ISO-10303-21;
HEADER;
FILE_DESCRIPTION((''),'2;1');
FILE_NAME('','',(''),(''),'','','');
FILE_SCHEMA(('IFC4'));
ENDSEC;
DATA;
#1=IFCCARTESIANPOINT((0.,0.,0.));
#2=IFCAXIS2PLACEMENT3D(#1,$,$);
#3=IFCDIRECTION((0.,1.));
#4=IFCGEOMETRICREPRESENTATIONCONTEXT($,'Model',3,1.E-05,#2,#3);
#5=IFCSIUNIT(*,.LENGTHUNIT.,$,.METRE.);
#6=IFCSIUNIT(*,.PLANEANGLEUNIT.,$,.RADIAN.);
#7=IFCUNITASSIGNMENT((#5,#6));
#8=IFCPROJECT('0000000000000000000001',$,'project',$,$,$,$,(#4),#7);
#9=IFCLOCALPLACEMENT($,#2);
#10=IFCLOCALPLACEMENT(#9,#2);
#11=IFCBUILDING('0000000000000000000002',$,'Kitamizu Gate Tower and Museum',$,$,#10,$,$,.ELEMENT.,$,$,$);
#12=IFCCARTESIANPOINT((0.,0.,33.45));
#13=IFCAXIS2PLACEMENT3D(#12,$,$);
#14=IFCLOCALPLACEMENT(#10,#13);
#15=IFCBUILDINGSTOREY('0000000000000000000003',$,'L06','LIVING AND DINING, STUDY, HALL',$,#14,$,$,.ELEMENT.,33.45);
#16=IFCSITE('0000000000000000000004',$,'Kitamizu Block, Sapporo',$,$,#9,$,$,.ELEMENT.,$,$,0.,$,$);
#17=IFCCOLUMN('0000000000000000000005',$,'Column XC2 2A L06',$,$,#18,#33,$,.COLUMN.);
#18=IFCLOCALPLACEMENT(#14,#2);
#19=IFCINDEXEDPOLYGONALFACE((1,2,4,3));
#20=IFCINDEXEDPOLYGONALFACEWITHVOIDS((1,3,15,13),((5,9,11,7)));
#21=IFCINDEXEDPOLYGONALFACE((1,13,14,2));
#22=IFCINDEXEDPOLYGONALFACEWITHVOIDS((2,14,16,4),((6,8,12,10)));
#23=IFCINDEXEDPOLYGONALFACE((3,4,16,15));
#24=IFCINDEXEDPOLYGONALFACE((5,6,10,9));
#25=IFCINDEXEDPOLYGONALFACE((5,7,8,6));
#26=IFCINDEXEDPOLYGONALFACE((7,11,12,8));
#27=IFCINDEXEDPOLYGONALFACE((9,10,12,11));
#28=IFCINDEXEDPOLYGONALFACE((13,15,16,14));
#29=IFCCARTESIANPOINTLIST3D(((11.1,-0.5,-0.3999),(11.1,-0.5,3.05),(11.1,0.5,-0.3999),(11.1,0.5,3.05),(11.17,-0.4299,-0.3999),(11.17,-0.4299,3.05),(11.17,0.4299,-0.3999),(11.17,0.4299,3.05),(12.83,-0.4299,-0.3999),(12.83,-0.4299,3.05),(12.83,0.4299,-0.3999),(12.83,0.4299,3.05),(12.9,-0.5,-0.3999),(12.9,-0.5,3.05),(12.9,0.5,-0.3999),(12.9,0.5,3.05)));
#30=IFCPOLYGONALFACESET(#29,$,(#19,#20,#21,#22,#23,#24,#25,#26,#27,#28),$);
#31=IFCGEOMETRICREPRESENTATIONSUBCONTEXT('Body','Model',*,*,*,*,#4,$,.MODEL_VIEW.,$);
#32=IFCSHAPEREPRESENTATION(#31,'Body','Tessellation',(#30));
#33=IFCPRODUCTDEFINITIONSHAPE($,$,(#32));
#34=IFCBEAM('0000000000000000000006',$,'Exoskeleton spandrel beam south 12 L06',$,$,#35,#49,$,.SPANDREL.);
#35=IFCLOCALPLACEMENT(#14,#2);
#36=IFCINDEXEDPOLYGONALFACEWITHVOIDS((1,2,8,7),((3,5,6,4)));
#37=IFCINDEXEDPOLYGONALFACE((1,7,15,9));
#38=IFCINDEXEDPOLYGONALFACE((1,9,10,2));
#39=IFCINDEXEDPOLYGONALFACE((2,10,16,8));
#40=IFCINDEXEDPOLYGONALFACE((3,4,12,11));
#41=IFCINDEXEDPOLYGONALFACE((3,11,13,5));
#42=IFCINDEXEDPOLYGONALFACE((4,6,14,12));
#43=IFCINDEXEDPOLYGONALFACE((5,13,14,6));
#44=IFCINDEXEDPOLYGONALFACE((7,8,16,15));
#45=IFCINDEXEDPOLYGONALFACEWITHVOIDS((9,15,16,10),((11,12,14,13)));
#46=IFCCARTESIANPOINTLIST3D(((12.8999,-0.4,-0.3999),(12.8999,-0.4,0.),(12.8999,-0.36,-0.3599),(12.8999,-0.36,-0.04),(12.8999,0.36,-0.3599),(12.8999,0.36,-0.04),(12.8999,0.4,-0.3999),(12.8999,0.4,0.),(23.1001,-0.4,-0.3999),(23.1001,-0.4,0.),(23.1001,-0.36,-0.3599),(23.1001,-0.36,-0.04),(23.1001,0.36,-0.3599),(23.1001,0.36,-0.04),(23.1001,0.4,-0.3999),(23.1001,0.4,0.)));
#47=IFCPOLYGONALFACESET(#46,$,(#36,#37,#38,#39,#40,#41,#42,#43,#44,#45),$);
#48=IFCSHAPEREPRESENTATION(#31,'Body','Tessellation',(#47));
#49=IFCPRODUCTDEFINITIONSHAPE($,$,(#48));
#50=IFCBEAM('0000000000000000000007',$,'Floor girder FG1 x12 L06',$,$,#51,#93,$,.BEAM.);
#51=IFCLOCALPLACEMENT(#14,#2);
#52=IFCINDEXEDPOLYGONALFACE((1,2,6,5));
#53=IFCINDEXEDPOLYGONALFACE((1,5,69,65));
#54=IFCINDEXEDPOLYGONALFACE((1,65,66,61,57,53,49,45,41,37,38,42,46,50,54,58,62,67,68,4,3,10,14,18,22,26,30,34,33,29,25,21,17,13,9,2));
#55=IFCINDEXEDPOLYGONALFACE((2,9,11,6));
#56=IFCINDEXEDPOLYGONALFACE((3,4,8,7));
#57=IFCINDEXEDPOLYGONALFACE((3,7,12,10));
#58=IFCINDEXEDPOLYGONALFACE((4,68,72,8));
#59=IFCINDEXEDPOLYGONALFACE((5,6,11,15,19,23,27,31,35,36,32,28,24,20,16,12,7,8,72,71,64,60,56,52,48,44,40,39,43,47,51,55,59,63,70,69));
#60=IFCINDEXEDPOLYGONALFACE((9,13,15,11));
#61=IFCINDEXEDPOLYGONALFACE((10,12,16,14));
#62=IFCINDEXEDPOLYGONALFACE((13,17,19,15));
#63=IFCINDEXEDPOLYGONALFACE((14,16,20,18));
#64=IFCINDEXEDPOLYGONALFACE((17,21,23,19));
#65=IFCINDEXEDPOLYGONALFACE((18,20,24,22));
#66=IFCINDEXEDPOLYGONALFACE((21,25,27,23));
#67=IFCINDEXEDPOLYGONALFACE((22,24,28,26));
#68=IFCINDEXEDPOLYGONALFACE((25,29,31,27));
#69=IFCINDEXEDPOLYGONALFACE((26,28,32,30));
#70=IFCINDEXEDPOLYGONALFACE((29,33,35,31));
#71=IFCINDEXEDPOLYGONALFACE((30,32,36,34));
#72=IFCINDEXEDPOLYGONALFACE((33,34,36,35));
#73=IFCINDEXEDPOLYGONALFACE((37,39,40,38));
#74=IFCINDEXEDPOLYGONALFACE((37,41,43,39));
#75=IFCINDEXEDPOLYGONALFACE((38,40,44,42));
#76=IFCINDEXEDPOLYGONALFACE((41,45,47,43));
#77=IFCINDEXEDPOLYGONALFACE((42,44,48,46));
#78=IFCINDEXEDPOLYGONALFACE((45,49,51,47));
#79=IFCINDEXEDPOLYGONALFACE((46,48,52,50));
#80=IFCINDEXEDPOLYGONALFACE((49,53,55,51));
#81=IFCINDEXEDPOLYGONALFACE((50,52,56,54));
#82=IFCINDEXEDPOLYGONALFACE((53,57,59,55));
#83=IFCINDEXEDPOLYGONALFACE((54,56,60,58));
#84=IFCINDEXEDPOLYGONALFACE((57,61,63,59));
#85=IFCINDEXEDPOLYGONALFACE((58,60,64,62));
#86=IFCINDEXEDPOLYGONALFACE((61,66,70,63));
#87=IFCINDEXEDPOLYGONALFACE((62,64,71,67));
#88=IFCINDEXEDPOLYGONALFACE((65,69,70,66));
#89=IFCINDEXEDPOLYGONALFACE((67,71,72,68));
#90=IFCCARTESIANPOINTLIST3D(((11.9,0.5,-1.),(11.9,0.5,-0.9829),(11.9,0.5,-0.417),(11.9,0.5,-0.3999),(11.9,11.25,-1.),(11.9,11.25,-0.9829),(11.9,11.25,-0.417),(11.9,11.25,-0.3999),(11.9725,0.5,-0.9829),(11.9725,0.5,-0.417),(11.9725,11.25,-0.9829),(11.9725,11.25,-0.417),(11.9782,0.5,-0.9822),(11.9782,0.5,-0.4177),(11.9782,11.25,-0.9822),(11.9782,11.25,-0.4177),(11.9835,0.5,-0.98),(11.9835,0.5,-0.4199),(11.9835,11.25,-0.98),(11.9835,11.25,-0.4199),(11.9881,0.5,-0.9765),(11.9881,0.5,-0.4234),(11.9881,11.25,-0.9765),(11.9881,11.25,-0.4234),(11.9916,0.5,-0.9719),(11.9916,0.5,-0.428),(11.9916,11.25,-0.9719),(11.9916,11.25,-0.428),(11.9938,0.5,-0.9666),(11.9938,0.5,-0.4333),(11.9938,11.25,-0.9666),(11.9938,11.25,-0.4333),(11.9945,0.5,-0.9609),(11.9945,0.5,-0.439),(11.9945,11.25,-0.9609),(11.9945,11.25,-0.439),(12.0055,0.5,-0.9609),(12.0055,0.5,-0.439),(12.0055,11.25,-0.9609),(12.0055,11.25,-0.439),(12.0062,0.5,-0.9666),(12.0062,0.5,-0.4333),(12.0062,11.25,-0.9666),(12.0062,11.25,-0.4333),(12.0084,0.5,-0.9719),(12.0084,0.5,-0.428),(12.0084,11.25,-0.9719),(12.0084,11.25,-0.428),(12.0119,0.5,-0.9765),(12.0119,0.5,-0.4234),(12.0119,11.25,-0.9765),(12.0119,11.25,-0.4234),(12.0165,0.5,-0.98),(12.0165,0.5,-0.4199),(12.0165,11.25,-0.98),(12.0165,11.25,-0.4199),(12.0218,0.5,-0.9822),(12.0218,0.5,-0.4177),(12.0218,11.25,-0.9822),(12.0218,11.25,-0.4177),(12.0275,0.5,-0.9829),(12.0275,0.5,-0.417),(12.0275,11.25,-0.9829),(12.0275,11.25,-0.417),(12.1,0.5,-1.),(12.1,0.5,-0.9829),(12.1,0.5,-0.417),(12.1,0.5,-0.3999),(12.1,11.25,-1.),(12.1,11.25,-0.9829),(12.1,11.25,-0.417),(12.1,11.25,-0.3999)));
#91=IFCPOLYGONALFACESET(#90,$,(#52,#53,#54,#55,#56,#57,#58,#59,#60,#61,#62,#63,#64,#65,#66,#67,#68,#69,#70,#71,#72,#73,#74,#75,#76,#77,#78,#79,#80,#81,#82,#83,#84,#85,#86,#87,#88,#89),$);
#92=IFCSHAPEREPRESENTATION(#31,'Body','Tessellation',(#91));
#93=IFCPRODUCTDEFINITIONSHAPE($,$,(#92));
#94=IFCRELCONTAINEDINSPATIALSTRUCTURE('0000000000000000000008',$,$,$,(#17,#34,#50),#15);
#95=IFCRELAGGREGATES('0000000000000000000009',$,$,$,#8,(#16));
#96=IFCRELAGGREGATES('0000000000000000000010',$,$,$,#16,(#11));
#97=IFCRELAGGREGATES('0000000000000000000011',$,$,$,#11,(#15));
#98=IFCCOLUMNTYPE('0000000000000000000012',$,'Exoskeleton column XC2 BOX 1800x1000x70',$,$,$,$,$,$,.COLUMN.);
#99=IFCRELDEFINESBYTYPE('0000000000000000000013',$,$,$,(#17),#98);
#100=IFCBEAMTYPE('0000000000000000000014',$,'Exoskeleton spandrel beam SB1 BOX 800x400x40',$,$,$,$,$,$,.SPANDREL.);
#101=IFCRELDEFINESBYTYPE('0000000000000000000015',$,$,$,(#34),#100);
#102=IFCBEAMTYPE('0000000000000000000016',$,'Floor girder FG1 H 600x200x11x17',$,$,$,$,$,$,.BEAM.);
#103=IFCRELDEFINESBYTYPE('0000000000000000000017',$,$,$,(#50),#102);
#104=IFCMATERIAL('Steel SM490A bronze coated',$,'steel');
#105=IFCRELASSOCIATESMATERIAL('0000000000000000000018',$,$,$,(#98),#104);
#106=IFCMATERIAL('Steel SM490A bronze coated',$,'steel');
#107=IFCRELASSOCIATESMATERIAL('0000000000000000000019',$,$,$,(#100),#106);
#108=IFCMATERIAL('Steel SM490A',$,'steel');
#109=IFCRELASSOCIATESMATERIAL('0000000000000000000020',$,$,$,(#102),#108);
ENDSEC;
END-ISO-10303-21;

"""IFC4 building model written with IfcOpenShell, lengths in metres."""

from ifc_helpers import new_model, si_unit, direction, frame, origin, origin_2d, place, context, subcontext, project, spatial, hollow_rectangle, i_section, extrude, material, material_profile, profile_set, type_object, element, save


model = new_model("IFC4")

# Units and contexts
model_context = context("Model", 3, precision=1e-05, world=origin(), true_north=direction((0.0, 1.0)))
body_context = subcontext(model_context, "Body", "Model", "MODEL_VIEW")
ifc_project = project(units=[si_unit("LENGTHUNIT", "METRE"), si_unit("PLANEANGLEUNIT", "RADIAN")], contexts=[model_context])

# Site, building, storey
site_placement = place(None, origin())
site = spatial("IfcSite", under=ifc_project, at=site_placement, Name="Kitamizu Block, Sapporo", CompositionType="ELEMENT", RefElevation=0.0)
building_placement = place(site_placement, origin())
building = spatial("IfcBuilding", under=site, at=building_placement, Name="Kitamizu Gate Tower and Museum", CompositionType="ELEMENT")
storey_placement = place(building_placement, frame((0.0, 0.0, 33.45)))
storey = spatial("IfcBuildingStorey", under=building, at=storey_placement, Name="L06", Description="LIVING AND DINING, STUDY, HALL", CompositionType="ELEMENT", Elevation=33.45)

# Column
ifc_material_1 = material(Name="Steel SM490A bronze coated", Category="steel")
ifc_material_profile_1 = material_profile(ifc_material_1, hollow_rectangle(XDim=1.8, YDim=1.0, WallThickness=0.0701, at=origin_2d()), Name="BOX 1800x1000x70")
ifc_profile_set_1 = profile_set([ifc_material_profile_1], Name="Steel SM490A bronze coated")
column_type = type_object("IfcColumnType", Name="Exoskeleton column XC2 BOX 1800x1000x70", PredefinedType="COLUMN", material=ifc_profile_set_1)
column_placement = place(storey_placement, frame((12.0, 0.0, -0.3999), z_axis=(0.0, 0.0, 1.0), x_axis=(1.0, 0.0, 0.0)))
element("IfcColumn", 1, at=column_placement, inside=storey, type_object=column_type, Name="Column XC2 2A L06", PredefinedType="COLUMN", context=body_context, shape_type="SweptSolid", body=[
    extrude(hollow_rectangle(XDim=1.8, YDim=1.0, WallThickness=0.0701, at=origin_2d()), origin(), (0.0, 0.0, 1.0), 3.45),
])

# Beams
ifc_material_2 = material(Name="Steel SM490A bronze coated", Category="steel")
ifc_material_profile_2 = material_profile(ifc_material_2, hollow_rectangle(XDim=0.8, YDim=0.3999, WallThickness=0.04, at=origin_2d()), Name="BOX 800x400x40")
ifc_profile_set_2 = profile_set([ifc_material_profile_2], Name="Steel SM490A bronze coated")
beam_type_1 = type_object("IfcBeamType", Name="Exoskeleton spandrel beam SB1 BOX 800x400x40", PredefinedType="SPANDREL", material=ifc_profile_set_2)
beam_1_placement = place(storey_placement, frame((12.8999, 0.0, -0.2), z_axis=(1.0, 0.0, 0.0), x_axis=(0.0, 1.0, 0.0)))
element("IfcBeam", 2, at=beam_1_placement, inside=storey, type_object=beam_type_1, Name="Exoskeleton spandrel beam south 12 L06", PredefinedType="SPANDREL", context=body_context, shape_type="SweptSolid", body=[
    extrude(hollow_rectangle(XDim=0.8, YDim=0.3999, WallThickness=0.04, at=origin_2d()), origin(), (0.0, 0.0, 1.0), 10.2002),
])
ifc_material_3 = material(Name="Steel SM490A", Category="steel")
ifc_material_profile_3 = material_profile(ifc_material_3, i_section(OverallWidth=0.2, OverallDepth=0.6001, WebThickness=0.011, FlangeThickness=0.0171, FilletRadius=0.022, at=origin_2d()), Name="H-600x200x11x17")
ifc_profile_set_3 = profile_set([ifc_material_profile_3], Name="Steel SM490A")
beam_type_2 = type_object("IfcBeamType", Name="Floor girder FG1 H 600x200x11x17", PredefinedType="BEAM", material=ifc_profile_set_3)
beam_2_placement = place(storey_placement, frame((12.0, 0.5, -0.7), z_axis=(0.0, 1.0, 0.0), x_axis=(-1.0, 0.0, 0.0)))
element("IfcBeam", 3, at=beam_2_placement, inside=storey, type_object=beam_type_2, Name="Floor girder FG1 x12 L06", PredefinedType="BEAM", context=body_context, shape_type="SweptSolid", body=[
    extrude(i_section(OverallWidth=0.2, OverallDepth=0.6001, WebThickness=0.011, FlangeThickness=0.0171, FilletRadius=0.022, at=origin_2d()), origin(), (0.0, 0.0, 1.0), 10.75),
])

save(model, "model.ifc")
